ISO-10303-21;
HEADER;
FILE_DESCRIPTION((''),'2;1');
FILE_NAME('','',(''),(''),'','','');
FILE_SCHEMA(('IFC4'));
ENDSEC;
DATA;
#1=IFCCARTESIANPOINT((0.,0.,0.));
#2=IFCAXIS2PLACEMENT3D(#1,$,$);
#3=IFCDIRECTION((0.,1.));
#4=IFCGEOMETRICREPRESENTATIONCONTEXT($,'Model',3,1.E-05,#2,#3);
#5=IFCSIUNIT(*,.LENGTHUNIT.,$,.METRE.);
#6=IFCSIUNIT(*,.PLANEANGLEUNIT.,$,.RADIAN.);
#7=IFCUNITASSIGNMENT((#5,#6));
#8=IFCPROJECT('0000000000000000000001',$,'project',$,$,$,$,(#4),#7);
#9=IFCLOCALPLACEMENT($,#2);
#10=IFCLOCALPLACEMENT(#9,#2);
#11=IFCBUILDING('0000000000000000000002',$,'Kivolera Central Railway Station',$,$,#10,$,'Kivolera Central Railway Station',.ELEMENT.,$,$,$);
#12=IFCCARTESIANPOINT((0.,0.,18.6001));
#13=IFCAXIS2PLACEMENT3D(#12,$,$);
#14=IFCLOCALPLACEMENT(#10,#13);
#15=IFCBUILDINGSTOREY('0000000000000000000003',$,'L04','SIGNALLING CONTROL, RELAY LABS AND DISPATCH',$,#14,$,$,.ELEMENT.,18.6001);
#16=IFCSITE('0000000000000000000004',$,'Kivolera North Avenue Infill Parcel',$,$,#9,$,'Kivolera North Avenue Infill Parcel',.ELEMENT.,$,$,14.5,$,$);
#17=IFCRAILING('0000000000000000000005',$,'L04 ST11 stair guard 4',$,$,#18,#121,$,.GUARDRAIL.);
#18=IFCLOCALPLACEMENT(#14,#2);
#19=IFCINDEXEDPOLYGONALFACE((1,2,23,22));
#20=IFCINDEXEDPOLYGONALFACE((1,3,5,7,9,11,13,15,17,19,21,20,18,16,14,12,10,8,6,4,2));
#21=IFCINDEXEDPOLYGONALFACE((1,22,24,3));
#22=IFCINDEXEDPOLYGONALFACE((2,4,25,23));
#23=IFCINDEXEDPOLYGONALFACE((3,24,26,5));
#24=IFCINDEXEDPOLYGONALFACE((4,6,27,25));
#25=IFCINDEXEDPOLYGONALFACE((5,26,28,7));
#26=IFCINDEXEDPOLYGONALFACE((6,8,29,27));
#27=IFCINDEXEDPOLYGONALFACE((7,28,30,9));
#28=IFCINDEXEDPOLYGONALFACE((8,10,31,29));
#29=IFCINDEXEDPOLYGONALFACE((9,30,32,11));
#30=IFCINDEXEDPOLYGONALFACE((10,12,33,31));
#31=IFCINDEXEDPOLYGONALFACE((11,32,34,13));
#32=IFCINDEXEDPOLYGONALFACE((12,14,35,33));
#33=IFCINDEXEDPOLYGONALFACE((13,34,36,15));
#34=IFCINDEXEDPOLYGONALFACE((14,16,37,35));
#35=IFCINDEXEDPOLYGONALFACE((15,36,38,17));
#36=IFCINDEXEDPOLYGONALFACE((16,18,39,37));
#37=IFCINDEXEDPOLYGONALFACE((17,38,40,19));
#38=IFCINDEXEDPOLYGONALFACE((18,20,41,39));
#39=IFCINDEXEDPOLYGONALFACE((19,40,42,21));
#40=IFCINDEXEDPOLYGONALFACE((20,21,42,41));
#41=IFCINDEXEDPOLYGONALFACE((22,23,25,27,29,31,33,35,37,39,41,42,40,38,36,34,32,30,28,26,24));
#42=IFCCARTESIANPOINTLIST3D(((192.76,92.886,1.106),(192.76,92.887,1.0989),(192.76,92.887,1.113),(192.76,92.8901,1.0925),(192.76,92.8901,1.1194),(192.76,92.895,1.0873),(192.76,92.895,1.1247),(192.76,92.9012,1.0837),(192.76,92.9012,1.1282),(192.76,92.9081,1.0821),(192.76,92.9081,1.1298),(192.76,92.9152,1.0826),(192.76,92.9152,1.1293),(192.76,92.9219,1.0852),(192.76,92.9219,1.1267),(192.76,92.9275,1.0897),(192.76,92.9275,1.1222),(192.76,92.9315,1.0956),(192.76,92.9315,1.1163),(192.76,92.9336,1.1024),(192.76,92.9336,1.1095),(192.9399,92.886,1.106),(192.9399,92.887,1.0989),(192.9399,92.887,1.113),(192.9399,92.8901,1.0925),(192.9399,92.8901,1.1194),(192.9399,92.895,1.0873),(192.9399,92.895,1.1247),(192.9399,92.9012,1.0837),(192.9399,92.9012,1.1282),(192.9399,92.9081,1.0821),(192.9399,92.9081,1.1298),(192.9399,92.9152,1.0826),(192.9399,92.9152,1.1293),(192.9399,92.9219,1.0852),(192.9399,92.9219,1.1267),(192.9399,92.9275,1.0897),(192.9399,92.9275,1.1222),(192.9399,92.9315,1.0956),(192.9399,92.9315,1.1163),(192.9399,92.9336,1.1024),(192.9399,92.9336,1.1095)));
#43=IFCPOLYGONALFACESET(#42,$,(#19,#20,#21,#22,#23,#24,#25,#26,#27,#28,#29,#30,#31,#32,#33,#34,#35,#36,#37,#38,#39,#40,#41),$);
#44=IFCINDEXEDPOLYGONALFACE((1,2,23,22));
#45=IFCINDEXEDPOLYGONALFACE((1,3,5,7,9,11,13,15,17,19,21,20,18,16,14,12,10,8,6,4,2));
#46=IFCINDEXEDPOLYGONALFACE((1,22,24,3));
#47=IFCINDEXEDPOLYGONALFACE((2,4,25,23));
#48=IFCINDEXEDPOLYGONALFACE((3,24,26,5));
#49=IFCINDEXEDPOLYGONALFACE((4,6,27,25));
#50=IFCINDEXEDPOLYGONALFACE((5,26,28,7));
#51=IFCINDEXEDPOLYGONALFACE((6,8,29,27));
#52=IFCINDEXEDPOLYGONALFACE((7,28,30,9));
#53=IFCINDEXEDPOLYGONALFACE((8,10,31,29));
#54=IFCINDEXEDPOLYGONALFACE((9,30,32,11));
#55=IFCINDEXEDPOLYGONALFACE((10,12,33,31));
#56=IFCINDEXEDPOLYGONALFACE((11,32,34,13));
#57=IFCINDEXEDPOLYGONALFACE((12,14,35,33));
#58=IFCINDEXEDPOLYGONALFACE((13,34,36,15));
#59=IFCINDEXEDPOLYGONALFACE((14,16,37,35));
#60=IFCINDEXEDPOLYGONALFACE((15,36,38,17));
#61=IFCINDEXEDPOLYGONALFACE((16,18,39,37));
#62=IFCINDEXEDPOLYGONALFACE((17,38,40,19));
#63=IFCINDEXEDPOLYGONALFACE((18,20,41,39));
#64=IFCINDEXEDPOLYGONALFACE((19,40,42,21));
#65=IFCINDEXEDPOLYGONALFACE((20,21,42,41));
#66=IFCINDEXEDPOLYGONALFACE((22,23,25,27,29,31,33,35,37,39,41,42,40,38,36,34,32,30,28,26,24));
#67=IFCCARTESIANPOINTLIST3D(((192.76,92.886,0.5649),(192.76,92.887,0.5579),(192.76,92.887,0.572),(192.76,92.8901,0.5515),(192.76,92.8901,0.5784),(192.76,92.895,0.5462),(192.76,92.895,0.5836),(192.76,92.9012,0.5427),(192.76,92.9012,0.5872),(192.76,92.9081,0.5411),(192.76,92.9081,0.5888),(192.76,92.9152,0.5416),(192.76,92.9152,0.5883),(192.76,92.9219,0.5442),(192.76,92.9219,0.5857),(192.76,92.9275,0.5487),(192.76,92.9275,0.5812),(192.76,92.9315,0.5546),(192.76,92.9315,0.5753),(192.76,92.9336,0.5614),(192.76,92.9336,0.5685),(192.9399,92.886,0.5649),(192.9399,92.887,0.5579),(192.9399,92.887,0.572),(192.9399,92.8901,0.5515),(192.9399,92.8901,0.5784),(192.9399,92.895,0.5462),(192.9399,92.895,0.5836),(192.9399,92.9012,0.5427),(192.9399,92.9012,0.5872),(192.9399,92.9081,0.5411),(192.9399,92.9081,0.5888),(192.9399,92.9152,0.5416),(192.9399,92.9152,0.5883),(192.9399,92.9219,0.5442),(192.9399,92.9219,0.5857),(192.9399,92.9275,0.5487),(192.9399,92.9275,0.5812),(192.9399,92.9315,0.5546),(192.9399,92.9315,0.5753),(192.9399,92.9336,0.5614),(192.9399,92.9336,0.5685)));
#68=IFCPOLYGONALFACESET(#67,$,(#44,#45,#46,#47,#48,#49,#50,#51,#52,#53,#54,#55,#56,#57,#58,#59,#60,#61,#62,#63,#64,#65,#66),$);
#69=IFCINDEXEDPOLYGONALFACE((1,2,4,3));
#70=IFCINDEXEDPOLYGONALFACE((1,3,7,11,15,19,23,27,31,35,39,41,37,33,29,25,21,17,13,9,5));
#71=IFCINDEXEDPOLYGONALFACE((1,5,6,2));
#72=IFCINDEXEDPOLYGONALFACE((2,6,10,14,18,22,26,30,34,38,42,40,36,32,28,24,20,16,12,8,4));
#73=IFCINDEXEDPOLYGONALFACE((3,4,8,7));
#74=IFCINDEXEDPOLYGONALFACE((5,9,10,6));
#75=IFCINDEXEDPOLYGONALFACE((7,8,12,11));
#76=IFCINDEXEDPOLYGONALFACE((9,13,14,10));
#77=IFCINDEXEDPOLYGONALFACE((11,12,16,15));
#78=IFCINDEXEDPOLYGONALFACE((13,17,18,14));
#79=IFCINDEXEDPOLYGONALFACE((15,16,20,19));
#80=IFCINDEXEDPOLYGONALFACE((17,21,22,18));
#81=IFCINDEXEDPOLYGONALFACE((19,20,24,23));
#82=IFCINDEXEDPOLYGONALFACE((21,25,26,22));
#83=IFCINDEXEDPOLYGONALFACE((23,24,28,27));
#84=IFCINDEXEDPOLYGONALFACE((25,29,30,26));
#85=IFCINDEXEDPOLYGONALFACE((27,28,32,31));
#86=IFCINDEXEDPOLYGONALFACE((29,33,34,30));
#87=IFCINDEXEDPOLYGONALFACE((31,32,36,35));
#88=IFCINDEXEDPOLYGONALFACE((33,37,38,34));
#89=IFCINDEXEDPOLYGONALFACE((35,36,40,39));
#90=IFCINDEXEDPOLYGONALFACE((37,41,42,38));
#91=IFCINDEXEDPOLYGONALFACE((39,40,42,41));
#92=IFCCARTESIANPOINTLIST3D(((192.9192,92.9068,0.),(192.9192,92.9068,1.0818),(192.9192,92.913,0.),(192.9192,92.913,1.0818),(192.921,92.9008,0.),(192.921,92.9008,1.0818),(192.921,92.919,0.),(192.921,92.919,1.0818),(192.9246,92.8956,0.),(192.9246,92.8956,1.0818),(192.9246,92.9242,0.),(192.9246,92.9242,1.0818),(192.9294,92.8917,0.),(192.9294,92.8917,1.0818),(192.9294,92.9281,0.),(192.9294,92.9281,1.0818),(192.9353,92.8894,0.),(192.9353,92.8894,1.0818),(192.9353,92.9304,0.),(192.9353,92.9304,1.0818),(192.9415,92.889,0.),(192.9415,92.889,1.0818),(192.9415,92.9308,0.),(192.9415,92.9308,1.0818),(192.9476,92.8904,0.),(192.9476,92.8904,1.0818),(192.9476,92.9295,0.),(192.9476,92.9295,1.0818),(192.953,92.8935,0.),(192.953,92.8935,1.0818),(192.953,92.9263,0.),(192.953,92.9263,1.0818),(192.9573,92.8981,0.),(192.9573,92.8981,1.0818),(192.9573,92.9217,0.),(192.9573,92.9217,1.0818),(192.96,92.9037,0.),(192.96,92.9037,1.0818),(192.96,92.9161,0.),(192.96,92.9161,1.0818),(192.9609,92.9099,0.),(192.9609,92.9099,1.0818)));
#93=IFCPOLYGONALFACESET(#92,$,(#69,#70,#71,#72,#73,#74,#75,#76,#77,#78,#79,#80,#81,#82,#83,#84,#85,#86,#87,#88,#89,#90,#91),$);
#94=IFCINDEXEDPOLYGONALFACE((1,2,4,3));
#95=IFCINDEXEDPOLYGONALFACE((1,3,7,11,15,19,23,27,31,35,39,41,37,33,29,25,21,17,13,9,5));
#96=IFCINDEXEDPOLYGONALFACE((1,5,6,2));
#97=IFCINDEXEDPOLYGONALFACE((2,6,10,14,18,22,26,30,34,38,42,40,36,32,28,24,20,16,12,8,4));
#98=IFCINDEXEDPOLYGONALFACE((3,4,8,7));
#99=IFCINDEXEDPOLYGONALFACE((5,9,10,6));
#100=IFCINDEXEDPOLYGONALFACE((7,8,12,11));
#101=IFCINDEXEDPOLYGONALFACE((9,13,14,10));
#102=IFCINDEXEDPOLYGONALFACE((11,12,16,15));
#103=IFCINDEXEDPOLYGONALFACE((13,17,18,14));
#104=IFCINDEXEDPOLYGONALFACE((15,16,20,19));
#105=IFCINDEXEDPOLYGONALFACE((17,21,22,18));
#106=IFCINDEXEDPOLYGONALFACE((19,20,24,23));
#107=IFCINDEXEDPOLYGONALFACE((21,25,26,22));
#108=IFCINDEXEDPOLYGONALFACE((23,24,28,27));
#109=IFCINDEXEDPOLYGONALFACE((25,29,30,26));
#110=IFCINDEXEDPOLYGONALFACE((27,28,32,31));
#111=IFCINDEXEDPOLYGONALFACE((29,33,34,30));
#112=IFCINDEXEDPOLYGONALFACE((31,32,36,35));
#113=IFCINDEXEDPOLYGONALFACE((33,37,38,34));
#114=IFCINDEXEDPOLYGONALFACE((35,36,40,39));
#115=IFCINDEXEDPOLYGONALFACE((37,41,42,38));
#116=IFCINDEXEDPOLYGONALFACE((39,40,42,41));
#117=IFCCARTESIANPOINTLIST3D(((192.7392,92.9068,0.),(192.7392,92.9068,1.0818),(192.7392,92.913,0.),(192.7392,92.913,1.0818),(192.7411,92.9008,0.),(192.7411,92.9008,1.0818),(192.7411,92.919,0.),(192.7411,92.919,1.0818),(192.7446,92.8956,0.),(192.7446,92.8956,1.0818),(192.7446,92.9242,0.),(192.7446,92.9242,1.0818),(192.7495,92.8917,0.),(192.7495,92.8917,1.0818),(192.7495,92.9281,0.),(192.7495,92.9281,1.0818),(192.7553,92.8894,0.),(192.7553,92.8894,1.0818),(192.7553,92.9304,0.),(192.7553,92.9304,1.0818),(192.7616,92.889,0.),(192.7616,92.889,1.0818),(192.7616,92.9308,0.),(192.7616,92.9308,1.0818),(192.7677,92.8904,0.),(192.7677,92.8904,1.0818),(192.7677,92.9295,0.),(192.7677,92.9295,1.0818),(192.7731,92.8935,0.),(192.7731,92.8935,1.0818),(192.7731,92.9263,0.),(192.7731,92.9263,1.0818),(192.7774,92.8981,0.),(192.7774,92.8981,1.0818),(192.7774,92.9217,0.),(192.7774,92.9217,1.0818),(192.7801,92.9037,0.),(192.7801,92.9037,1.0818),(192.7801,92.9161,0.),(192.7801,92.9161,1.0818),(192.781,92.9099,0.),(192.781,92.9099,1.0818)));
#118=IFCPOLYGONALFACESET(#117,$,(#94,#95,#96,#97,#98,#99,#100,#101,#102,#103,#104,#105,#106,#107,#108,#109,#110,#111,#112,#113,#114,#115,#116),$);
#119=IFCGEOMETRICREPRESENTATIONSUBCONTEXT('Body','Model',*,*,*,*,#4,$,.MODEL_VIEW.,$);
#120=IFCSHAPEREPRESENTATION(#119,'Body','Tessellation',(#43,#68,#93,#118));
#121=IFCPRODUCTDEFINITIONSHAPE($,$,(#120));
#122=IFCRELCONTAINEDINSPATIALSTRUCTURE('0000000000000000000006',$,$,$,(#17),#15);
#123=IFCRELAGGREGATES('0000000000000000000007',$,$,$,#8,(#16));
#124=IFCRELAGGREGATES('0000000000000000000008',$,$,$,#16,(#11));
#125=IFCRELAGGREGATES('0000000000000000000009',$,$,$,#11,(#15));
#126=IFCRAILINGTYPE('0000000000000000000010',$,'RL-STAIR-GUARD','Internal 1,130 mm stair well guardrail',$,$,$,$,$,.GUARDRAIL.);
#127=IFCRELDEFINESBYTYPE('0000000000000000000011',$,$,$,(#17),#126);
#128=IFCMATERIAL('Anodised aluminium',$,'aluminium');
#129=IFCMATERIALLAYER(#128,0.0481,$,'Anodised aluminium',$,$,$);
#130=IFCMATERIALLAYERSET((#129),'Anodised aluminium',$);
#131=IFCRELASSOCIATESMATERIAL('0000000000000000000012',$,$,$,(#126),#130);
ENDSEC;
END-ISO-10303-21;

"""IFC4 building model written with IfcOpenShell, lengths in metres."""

from ifc_helpers import new_model, si_unit, direction, frame, origin, origin_2d, place, context, subcontext, project, spatial, circle, extrude, material, layer, layer_set, type_object, element, save


model = new_model("IFC4")

# Units and contexts
model_context = context("Model", 3, precision=1e-05, world=origin(), true_north=direction((0.0, 1.0)))
body_context = subcontext(model_context, "Body", "Model", "MODEL_VIEW")
ifc_project = project(units=[si_unit("LENGTHUNIT", "METRE"), si_unit("PLANEANGLEUNIT", "RADIAN")], contexts=[model_context])

# Site, building, storey
site_placement = place(None, origin())
site = spatial("IfcSite", under=ifc_project, at=site_placement, Name="Kivolera North Avenue Infill Parcel", LongName="Kivolera North Avenue Infill Parcel", CompositionType="ELEMENT", RefElevation=14.5)
building_placement = place(site_placement, origin())
building = spatial("IfcBuilding", under=site, at=building_placement, Name="Kivolera Central Railway Station", LongName="Kivolera Central Railway Station", CompositionType="ELEMENT")
storey_placement = place(building_placement, frame((0.0, 0.0, 18.6001)))
storey = spatial("IfcBuildingStorey", under=building, at=storey_placement, Name="L04", Description="SIGNALLING CONTROL, RELAY LABS AND DISPATCH", CompositionType="ELEMENT", Elevation=18.6001)

# Shared definitions
ifc_material_1 = material(Name="Anodised aluminium", Category="aluminium")

# Railing
ifc_layer_1 = layer(ifc_material_1, 0.0481, Name="Anodised aluminium")
ifc_layer_set_1 = layer_set([ifc_layer_1], Name="Anodised aluminium")
railing_type = type_object("IfcRailingType", Name="RL-STAIR-GUARD", Description="Internal 1,130 mm stair well guardrail", PredefinedType="GUARDRAIL", material=ifc_layer_set_1)
railing_1_placement = place(storey_placement, frame((192.9399, 92.9099, 0.0)))
element("IfcRailing", 1, at=railing_1_placement, inside=storey, type_object=railing_type, Name="L04 ST11 stair guard 4", PredefinedType="GUARDRAIL", context=body_context, shape_type="SweptSolid", body=[
    extrude(circle(Radius=0.0239, at=origin_2d()), frame((0.0, 0.0, 1.106), z_axis=(-1.0, 0.0, 0.0), x_axis=(0.0, -1.0, 0.0)), (0.0, 0.0, 1.0), 0.1799),
    extrude(circle(Radius=0.0239, at=origin_2d()), frame((0.0, 0.0, 0.5649), z_axis=(-1.0, 0.0, 0.0), x_axis=(0.0, -1.0, 0.0)), (0.0, 0.0, 1.0), 0.1799),
    extrude(circle(Radius=0.021, at=origin_2d()), origin(), (0.0, 0.0, 1.0), 1.0818),
    extrude(circle(Radius=0.021, at=origin_2d()), frame((-0.1799, 0.0, 0.0)), (0.0, 0.0, 1.0), 1.0818),
])

save(model, "model.ifc")
